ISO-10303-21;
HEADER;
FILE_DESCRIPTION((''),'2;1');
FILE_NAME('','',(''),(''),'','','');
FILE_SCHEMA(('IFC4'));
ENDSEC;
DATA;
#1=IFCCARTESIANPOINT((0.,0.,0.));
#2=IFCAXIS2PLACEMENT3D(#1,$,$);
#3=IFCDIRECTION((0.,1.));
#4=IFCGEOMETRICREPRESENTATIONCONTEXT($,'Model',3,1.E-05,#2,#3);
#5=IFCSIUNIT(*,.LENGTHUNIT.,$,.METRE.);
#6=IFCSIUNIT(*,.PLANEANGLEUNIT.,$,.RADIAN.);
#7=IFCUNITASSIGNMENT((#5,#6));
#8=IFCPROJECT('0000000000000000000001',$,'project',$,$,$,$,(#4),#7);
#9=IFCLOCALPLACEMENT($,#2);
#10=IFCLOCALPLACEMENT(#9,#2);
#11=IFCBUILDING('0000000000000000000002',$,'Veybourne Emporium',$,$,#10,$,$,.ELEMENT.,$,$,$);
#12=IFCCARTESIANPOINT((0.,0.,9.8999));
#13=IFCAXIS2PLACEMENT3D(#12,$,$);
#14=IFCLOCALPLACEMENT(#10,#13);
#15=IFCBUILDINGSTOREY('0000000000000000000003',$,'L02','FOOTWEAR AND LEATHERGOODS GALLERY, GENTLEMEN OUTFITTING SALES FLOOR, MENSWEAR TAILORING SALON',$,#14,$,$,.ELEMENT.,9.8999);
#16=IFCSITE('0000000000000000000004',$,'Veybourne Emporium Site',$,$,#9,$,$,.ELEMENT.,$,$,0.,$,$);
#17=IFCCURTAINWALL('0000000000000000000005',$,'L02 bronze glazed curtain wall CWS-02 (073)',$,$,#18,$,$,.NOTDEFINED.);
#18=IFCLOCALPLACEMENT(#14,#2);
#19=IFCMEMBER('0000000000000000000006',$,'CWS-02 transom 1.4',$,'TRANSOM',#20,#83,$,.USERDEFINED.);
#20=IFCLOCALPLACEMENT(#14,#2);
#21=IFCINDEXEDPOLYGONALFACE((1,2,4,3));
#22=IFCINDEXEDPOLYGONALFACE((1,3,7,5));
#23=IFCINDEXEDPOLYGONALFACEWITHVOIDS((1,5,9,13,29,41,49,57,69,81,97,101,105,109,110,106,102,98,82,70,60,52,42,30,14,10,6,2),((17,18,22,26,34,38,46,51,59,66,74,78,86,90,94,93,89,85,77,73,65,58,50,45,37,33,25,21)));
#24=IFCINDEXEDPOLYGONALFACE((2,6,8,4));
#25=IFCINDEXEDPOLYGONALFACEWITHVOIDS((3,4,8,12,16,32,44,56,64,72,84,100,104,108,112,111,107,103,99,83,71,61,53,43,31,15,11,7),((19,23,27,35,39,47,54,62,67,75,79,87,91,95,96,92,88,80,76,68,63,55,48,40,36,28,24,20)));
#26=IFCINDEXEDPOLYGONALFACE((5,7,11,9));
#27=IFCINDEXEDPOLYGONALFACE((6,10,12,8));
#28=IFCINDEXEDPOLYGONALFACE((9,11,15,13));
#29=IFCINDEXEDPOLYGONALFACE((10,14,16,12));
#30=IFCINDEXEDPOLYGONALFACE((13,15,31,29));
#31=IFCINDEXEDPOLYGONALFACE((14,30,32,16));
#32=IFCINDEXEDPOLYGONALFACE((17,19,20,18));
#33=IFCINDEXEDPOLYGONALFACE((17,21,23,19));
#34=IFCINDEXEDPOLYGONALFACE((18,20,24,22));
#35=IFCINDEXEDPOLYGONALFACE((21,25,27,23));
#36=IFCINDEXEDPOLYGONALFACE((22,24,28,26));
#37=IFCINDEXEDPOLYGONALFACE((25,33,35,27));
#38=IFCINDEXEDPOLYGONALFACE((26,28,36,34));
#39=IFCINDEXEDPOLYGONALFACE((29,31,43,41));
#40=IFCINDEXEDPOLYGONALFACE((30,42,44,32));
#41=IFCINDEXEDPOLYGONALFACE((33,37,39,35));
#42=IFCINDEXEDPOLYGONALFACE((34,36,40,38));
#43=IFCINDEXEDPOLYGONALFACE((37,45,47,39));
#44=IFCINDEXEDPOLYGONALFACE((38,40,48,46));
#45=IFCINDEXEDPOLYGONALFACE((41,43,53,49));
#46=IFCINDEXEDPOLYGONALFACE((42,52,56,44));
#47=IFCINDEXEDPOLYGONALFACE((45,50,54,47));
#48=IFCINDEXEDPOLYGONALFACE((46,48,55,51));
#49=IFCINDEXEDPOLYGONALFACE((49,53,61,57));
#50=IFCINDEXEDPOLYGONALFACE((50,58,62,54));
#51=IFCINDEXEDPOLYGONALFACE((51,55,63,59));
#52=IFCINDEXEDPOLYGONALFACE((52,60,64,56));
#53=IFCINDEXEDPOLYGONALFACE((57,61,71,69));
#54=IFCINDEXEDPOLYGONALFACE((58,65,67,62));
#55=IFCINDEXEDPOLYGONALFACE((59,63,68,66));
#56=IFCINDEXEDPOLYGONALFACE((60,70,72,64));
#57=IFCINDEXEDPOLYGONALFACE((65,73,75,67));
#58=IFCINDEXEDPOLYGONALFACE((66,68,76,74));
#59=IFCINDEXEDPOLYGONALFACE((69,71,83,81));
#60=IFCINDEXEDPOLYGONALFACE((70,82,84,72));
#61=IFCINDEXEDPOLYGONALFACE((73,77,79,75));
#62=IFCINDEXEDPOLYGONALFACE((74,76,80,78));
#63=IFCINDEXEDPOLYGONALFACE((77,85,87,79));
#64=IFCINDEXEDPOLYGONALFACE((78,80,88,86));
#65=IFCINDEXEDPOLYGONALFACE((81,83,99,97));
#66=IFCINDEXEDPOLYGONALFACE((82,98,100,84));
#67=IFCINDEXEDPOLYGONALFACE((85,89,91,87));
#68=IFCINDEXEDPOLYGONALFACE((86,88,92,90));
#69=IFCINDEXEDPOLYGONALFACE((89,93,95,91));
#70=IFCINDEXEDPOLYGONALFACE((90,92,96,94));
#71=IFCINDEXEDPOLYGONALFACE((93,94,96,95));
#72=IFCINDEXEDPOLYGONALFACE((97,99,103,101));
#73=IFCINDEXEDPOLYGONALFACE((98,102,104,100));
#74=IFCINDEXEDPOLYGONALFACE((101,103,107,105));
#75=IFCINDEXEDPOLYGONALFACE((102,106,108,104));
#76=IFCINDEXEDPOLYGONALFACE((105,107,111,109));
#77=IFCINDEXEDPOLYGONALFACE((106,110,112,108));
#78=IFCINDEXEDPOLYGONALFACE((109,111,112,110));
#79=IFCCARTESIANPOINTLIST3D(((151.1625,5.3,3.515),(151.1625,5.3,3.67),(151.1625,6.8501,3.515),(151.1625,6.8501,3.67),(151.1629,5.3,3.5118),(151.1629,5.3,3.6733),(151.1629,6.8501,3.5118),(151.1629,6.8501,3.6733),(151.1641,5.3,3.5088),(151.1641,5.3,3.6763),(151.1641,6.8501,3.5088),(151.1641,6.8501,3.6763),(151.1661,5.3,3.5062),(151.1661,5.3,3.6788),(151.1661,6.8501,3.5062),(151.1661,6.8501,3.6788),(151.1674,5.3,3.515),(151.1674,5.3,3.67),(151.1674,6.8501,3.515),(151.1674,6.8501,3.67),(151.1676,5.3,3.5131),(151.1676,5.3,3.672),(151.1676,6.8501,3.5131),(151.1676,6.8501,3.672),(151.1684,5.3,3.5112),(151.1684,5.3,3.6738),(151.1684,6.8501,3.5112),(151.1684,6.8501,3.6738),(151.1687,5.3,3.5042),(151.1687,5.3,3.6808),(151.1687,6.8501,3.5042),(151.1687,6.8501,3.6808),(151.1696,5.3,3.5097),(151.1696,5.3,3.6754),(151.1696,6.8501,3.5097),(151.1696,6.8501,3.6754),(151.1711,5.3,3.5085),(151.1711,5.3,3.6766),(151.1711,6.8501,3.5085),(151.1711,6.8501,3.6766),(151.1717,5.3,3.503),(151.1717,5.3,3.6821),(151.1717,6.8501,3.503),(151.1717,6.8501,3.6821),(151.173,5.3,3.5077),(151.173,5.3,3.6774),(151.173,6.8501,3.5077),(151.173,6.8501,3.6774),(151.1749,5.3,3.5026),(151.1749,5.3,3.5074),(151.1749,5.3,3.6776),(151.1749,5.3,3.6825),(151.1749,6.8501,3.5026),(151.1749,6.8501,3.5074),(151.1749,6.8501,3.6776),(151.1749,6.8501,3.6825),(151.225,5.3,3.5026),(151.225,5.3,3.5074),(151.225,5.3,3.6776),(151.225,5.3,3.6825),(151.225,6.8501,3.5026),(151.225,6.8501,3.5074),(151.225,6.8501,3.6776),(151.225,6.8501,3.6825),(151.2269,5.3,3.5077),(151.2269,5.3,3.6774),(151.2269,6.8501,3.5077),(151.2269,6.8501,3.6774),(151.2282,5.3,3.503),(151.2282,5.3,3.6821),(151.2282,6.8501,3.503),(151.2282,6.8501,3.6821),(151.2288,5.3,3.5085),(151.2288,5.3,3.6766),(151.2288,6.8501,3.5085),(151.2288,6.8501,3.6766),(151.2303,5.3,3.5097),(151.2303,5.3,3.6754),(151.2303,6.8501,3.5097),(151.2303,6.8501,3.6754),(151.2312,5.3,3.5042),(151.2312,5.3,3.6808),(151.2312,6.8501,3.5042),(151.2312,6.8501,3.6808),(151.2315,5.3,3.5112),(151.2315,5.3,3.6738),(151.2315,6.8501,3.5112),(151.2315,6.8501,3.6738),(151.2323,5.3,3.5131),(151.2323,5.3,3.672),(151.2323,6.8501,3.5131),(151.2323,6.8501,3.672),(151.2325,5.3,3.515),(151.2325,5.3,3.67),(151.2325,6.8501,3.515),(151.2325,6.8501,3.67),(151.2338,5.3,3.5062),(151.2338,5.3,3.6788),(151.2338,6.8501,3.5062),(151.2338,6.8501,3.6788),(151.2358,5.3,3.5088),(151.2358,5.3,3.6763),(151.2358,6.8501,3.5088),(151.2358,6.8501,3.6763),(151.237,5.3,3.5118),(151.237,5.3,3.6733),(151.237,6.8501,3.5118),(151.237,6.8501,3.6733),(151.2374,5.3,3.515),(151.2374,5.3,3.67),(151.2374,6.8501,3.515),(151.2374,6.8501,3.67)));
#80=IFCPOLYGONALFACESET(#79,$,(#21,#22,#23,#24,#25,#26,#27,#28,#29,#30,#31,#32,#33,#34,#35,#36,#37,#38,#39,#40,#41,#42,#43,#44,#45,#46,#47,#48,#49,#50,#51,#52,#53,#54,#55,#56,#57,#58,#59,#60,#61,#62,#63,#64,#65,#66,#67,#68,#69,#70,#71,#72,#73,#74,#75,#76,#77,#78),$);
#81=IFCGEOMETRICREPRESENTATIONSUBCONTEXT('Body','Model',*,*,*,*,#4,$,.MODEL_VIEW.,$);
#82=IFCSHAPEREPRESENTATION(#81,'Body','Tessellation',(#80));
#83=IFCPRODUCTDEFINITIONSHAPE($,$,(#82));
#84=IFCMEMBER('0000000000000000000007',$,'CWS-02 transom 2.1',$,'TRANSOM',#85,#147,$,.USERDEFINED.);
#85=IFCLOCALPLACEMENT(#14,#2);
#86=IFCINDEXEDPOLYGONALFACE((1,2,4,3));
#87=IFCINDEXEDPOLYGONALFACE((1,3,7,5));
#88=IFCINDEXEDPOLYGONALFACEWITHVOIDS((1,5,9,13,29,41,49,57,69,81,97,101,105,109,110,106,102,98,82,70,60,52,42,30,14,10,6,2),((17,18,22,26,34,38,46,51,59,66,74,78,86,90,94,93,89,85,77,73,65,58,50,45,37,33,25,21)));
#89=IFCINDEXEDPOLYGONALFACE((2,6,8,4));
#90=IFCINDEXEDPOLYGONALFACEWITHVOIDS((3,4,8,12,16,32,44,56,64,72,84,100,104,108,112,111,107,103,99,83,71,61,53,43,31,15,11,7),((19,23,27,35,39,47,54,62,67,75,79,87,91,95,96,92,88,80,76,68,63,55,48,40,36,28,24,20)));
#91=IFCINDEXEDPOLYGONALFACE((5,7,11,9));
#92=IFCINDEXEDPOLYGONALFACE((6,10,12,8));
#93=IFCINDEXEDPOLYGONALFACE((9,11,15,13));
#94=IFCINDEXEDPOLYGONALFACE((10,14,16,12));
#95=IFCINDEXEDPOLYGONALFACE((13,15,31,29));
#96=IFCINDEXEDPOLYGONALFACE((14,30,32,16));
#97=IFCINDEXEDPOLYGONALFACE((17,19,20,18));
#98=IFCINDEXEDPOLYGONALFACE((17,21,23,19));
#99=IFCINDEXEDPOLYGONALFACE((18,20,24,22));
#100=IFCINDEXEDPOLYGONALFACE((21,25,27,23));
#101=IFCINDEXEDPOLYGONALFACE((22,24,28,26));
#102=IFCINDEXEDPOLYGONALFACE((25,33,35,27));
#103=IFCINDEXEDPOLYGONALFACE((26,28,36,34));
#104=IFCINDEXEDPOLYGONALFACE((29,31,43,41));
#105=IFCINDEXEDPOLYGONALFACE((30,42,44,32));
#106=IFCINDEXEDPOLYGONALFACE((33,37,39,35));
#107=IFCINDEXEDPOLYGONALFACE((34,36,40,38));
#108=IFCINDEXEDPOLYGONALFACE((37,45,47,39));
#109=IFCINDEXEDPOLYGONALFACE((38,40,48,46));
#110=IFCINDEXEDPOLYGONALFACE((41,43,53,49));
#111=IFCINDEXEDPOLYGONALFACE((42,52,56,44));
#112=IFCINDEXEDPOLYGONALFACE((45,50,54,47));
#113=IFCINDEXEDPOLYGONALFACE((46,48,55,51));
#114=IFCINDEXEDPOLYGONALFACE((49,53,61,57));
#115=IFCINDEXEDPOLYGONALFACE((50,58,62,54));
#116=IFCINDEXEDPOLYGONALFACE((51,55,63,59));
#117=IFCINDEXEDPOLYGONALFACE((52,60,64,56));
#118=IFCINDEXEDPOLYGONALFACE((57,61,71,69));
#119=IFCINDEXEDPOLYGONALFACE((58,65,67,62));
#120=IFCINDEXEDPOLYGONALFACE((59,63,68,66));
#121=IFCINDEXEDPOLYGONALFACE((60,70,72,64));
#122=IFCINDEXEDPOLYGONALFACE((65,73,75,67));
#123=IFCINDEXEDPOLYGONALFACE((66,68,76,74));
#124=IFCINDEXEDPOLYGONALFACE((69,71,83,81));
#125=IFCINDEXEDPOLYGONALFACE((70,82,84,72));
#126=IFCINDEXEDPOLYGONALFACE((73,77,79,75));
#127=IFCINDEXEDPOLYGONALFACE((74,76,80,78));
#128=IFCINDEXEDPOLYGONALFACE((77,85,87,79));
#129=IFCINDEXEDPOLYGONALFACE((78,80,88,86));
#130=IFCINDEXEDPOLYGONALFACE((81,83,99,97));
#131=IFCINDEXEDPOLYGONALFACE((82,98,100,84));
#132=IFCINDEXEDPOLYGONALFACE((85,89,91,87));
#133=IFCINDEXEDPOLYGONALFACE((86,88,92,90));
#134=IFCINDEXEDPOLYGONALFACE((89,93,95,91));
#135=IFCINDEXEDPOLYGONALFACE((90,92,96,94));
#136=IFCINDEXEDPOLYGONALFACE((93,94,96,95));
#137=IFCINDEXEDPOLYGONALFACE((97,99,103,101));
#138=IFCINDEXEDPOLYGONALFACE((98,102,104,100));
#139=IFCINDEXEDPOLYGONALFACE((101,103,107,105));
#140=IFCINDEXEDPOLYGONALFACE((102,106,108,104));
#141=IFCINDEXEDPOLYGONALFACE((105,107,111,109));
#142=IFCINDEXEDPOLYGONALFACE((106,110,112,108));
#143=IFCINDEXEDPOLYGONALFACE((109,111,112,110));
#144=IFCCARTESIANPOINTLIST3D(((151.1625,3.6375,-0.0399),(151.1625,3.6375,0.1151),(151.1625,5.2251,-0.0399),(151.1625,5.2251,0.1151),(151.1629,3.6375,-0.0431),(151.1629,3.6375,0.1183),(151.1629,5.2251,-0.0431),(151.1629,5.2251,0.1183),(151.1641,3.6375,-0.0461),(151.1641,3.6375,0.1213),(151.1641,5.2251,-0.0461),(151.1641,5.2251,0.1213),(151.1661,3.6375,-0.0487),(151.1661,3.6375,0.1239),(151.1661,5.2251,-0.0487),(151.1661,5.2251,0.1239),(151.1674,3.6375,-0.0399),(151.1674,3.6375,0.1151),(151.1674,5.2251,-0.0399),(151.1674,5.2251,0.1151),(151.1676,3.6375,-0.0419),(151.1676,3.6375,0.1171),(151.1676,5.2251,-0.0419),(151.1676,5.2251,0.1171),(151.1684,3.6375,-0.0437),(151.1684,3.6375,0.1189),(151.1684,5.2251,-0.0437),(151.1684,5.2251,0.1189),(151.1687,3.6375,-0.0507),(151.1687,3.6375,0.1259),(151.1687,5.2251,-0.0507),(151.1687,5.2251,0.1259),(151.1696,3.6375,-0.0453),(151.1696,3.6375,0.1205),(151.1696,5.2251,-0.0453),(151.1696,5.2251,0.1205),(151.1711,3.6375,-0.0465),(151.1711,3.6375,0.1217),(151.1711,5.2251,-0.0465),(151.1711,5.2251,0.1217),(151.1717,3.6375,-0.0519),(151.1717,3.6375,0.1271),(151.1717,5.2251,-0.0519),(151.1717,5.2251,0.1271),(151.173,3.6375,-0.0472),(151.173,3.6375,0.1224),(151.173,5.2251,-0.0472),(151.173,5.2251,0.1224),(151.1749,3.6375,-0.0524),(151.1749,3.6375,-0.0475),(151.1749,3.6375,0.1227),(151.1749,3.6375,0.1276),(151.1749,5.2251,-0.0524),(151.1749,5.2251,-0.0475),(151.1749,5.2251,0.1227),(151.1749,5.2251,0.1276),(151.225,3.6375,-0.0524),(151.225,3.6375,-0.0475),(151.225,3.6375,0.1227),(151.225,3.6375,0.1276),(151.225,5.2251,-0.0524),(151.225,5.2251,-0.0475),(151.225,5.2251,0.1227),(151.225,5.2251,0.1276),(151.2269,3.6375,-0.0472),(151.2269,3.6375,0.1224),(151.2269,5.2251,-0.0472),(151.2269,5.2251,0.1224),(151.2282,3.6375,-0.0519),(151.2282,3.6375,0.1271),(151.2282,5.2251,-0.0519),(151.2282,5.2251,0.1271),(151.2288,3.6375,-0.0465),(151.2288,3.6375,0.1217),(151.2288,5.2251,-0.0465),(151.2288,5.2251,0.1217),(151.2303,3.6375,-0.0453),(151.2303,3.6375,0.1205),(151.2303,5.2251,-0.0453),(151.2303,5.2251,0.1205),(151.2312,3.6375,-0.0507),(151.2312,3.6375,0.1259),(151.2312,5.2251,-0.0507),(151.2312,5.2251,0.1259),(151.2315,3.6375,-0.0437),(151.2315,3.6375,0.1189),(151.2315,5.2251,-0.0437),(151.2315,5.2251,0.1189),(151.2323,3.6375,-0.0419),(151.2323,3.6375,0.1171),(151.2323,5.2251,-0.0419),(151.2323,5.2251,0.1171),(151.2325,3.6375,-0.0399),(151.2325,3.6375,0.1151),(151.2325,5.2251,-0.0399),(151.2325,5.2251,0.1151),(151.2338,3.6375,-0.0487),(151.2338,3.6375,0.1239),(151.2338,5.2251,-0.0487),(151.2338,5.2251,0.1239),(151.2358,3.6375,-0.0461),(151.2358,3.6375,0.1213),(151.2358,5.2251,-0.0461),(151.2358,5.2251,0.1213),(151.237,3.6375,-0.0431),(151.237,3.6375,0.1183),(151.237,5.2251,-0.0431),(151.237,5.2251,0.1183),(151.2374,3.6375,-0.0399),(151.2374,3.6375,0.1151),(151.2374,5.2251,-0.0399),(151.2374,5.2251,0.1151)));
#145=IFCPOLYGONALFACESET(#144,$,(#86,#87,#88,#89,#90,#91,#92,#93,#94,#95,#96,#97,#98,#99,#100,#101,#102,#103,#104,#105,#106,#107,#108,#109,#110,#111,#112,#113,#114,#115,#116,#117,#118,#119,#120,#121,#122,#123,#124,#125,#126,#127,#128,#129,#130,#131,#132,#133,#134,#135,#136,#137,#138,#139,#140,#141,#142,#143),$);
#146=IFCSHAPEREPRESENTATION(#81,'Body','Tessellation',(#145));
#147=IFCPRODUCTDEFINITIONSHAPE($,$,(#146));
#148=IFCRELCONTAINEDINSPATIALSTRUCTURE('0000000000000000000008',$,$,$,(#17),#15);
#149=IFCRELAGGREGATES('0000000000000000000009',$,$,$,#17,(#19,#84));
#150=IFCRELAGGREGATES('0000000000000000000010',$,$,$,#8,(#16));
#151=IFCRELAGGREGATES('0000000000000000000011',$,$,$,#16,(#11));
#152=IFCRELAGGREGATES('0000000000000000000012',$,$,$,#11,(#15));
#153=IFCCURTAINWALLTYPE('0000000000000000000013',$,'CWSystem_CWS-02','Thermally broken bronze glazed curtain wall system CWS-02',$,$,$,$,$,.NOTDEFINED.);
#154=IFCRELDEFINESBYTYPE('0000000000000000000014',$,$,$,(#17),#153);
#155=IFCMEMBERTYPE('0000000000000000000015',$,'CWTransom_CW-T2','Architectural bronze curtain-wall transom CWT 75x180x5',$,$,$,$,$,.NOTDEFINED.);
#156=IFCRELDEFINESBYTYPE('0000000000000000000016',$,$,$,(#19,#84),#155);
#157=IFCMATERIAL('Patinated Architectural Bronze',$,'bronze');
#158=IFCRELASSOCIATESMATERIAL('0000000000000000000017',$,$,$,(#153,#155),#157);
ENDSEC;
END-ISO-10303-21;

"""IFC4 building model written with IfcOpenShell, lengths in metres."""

from ifc_helpers import new_model, si_unit, direction, frame, origin, origin_2d, place, context, subcontext, project, spatial, hollow_rectangle, extrude, material, material_profile, profile_set, type_object, element, aggregate, save


model = new_model("IFC4")

# Units and contexts
model_context = context("Model", 3, precision=1e-05, world=origin(), true_north=direction((0.0, 1.0)))
body_context = subcontext(model_context, "Body", "Model", "MODEL_VIEW")
ifc_project = project(units=[si_unit("LENGTHUNIT", "METRE"), si_unit("PLANEANGLEUNIT", "RADIAN")], contexts=[model_context])

# Site, building, storey
site_placement = place(None, origin())
site = spatial("IfcSite", under=ifc_project, at=site_placement, Name="Veybourne Emporium Site", CompositionType="ELEMENT", RefElevation=0.0)
building_placement = place(site_placement, origin())
building = spatial("IfcBuilding", under=site, at=building_placement, Name="Veybourne Emporium", CompositionType="ELEMENT")
storey_placement = place(building_placement, frame((0.0, 0.0, 9.8999)))
storey = spatial("IfcBuildingStorey", under=building, at=storey_placement, Name="L02", Description="FOOTWEAR AND LEATHERGOODS GALLERY, GENTLEMEN OUTFITTING SALES FLOOR, MENSWEAR TAILORING SALON", CompositionType="ELEMENT", Elevation=9.8999)

# Curtain wall
ifc_material_1 = material(Name="Patinated Architectural Bronze", Category="bronze")
curtain_wall_type_1 = type_object("IfcCurtainWallType", Name="CWSystem_CWS-02", Description="Thermally broken bronze glazed curtain wall system CWS-02", PredefinedType="NOTDEFINED", material=ifc_material_1)
curtain_wall_1_placement = place(storey_placement, origin())
curtain_wall_1 = element("IfcCurtainWall", 1, at=curtain_wall_1_placement, inside=storey, type_object=curtain_wall_type_1, Name="L02 bronze glazed curtain wall CWS-02 (073)", PredefinedType="NOTDEFINED")

# Members
ifc_material_profile_1 = material_profile(ifc_material_1, hollow_rectangle(XDim=0.075, YDim=0.1799, WallThickness=0.0049, InnerFilletRadius=0.0076, OuterFilletRadius=0.0125, at=origin_2d()), Name="CWT 75x180x5")
ifc_profile_set_1 = profile_set([ifc_material_profile_1], Name="Patinated Architectural Bronze")
member_type_1 = type_object("IfcMemberType", Name="CWTransom_CW-T2", Description="Architectural bronze curtain-wall transom CWT 75x180x5", PredefinedType="NOTDEFINED", material=ifc_profile_set_1)
member_1_placement = place(storey_placement, frame((151.2, 6.8501, 3.5925), z_axis=(0.0, -1.0, 0.0), x_axis=(1.0, 0.0, 0.0)))
member_1 = element("IfcMember", 2, at=member_1_placement, type_object=member_type_1, Name="CWS-02 transom 1.4", ObjectType="TRANSOM", PredefinedType="USERDEFINED", context=body_context, shape_type="SweptSolid", body=[
    extrude(hollow_rectangle(XDim=0.075, YDim=0.1799, WallThickness=0.0049, InnerFilletRadius=0.0076, OuterFilletRadius=0.0125, at=origin_2d()), origin(), (0.0, 0.0, 1.0), 1.55),
])
member_2_placement = place(storey_placement, frame((151.2, 5.2251, 0.0376), z_axis=(0.0, -1.0, 0.0), x_axis=(1.0, 0.0, 0.0)))
member_2 = element("IfcMember", 3, at=member_2_placement, type_object=member_type_1, Name="CWS-02 transom 2.1", ObjectType="TRANSOM", PredefinedType="USERDEFINED", context=body_context, shape_type="SweptSolid", body=[
    extrude(hollow_rectangle(XDim=0.075, YDim=0.1799, WallThickness=0.0049, InnerFilletRadius=0.0076, OuterFilletRadius=0.0125, at=origin_2d()), origin(), (0.0, 0.0, 1.0), 1.5876),
])

aggregate(curtain_wall_1, [member_1, member_2])

save(model, "model.ifc")
